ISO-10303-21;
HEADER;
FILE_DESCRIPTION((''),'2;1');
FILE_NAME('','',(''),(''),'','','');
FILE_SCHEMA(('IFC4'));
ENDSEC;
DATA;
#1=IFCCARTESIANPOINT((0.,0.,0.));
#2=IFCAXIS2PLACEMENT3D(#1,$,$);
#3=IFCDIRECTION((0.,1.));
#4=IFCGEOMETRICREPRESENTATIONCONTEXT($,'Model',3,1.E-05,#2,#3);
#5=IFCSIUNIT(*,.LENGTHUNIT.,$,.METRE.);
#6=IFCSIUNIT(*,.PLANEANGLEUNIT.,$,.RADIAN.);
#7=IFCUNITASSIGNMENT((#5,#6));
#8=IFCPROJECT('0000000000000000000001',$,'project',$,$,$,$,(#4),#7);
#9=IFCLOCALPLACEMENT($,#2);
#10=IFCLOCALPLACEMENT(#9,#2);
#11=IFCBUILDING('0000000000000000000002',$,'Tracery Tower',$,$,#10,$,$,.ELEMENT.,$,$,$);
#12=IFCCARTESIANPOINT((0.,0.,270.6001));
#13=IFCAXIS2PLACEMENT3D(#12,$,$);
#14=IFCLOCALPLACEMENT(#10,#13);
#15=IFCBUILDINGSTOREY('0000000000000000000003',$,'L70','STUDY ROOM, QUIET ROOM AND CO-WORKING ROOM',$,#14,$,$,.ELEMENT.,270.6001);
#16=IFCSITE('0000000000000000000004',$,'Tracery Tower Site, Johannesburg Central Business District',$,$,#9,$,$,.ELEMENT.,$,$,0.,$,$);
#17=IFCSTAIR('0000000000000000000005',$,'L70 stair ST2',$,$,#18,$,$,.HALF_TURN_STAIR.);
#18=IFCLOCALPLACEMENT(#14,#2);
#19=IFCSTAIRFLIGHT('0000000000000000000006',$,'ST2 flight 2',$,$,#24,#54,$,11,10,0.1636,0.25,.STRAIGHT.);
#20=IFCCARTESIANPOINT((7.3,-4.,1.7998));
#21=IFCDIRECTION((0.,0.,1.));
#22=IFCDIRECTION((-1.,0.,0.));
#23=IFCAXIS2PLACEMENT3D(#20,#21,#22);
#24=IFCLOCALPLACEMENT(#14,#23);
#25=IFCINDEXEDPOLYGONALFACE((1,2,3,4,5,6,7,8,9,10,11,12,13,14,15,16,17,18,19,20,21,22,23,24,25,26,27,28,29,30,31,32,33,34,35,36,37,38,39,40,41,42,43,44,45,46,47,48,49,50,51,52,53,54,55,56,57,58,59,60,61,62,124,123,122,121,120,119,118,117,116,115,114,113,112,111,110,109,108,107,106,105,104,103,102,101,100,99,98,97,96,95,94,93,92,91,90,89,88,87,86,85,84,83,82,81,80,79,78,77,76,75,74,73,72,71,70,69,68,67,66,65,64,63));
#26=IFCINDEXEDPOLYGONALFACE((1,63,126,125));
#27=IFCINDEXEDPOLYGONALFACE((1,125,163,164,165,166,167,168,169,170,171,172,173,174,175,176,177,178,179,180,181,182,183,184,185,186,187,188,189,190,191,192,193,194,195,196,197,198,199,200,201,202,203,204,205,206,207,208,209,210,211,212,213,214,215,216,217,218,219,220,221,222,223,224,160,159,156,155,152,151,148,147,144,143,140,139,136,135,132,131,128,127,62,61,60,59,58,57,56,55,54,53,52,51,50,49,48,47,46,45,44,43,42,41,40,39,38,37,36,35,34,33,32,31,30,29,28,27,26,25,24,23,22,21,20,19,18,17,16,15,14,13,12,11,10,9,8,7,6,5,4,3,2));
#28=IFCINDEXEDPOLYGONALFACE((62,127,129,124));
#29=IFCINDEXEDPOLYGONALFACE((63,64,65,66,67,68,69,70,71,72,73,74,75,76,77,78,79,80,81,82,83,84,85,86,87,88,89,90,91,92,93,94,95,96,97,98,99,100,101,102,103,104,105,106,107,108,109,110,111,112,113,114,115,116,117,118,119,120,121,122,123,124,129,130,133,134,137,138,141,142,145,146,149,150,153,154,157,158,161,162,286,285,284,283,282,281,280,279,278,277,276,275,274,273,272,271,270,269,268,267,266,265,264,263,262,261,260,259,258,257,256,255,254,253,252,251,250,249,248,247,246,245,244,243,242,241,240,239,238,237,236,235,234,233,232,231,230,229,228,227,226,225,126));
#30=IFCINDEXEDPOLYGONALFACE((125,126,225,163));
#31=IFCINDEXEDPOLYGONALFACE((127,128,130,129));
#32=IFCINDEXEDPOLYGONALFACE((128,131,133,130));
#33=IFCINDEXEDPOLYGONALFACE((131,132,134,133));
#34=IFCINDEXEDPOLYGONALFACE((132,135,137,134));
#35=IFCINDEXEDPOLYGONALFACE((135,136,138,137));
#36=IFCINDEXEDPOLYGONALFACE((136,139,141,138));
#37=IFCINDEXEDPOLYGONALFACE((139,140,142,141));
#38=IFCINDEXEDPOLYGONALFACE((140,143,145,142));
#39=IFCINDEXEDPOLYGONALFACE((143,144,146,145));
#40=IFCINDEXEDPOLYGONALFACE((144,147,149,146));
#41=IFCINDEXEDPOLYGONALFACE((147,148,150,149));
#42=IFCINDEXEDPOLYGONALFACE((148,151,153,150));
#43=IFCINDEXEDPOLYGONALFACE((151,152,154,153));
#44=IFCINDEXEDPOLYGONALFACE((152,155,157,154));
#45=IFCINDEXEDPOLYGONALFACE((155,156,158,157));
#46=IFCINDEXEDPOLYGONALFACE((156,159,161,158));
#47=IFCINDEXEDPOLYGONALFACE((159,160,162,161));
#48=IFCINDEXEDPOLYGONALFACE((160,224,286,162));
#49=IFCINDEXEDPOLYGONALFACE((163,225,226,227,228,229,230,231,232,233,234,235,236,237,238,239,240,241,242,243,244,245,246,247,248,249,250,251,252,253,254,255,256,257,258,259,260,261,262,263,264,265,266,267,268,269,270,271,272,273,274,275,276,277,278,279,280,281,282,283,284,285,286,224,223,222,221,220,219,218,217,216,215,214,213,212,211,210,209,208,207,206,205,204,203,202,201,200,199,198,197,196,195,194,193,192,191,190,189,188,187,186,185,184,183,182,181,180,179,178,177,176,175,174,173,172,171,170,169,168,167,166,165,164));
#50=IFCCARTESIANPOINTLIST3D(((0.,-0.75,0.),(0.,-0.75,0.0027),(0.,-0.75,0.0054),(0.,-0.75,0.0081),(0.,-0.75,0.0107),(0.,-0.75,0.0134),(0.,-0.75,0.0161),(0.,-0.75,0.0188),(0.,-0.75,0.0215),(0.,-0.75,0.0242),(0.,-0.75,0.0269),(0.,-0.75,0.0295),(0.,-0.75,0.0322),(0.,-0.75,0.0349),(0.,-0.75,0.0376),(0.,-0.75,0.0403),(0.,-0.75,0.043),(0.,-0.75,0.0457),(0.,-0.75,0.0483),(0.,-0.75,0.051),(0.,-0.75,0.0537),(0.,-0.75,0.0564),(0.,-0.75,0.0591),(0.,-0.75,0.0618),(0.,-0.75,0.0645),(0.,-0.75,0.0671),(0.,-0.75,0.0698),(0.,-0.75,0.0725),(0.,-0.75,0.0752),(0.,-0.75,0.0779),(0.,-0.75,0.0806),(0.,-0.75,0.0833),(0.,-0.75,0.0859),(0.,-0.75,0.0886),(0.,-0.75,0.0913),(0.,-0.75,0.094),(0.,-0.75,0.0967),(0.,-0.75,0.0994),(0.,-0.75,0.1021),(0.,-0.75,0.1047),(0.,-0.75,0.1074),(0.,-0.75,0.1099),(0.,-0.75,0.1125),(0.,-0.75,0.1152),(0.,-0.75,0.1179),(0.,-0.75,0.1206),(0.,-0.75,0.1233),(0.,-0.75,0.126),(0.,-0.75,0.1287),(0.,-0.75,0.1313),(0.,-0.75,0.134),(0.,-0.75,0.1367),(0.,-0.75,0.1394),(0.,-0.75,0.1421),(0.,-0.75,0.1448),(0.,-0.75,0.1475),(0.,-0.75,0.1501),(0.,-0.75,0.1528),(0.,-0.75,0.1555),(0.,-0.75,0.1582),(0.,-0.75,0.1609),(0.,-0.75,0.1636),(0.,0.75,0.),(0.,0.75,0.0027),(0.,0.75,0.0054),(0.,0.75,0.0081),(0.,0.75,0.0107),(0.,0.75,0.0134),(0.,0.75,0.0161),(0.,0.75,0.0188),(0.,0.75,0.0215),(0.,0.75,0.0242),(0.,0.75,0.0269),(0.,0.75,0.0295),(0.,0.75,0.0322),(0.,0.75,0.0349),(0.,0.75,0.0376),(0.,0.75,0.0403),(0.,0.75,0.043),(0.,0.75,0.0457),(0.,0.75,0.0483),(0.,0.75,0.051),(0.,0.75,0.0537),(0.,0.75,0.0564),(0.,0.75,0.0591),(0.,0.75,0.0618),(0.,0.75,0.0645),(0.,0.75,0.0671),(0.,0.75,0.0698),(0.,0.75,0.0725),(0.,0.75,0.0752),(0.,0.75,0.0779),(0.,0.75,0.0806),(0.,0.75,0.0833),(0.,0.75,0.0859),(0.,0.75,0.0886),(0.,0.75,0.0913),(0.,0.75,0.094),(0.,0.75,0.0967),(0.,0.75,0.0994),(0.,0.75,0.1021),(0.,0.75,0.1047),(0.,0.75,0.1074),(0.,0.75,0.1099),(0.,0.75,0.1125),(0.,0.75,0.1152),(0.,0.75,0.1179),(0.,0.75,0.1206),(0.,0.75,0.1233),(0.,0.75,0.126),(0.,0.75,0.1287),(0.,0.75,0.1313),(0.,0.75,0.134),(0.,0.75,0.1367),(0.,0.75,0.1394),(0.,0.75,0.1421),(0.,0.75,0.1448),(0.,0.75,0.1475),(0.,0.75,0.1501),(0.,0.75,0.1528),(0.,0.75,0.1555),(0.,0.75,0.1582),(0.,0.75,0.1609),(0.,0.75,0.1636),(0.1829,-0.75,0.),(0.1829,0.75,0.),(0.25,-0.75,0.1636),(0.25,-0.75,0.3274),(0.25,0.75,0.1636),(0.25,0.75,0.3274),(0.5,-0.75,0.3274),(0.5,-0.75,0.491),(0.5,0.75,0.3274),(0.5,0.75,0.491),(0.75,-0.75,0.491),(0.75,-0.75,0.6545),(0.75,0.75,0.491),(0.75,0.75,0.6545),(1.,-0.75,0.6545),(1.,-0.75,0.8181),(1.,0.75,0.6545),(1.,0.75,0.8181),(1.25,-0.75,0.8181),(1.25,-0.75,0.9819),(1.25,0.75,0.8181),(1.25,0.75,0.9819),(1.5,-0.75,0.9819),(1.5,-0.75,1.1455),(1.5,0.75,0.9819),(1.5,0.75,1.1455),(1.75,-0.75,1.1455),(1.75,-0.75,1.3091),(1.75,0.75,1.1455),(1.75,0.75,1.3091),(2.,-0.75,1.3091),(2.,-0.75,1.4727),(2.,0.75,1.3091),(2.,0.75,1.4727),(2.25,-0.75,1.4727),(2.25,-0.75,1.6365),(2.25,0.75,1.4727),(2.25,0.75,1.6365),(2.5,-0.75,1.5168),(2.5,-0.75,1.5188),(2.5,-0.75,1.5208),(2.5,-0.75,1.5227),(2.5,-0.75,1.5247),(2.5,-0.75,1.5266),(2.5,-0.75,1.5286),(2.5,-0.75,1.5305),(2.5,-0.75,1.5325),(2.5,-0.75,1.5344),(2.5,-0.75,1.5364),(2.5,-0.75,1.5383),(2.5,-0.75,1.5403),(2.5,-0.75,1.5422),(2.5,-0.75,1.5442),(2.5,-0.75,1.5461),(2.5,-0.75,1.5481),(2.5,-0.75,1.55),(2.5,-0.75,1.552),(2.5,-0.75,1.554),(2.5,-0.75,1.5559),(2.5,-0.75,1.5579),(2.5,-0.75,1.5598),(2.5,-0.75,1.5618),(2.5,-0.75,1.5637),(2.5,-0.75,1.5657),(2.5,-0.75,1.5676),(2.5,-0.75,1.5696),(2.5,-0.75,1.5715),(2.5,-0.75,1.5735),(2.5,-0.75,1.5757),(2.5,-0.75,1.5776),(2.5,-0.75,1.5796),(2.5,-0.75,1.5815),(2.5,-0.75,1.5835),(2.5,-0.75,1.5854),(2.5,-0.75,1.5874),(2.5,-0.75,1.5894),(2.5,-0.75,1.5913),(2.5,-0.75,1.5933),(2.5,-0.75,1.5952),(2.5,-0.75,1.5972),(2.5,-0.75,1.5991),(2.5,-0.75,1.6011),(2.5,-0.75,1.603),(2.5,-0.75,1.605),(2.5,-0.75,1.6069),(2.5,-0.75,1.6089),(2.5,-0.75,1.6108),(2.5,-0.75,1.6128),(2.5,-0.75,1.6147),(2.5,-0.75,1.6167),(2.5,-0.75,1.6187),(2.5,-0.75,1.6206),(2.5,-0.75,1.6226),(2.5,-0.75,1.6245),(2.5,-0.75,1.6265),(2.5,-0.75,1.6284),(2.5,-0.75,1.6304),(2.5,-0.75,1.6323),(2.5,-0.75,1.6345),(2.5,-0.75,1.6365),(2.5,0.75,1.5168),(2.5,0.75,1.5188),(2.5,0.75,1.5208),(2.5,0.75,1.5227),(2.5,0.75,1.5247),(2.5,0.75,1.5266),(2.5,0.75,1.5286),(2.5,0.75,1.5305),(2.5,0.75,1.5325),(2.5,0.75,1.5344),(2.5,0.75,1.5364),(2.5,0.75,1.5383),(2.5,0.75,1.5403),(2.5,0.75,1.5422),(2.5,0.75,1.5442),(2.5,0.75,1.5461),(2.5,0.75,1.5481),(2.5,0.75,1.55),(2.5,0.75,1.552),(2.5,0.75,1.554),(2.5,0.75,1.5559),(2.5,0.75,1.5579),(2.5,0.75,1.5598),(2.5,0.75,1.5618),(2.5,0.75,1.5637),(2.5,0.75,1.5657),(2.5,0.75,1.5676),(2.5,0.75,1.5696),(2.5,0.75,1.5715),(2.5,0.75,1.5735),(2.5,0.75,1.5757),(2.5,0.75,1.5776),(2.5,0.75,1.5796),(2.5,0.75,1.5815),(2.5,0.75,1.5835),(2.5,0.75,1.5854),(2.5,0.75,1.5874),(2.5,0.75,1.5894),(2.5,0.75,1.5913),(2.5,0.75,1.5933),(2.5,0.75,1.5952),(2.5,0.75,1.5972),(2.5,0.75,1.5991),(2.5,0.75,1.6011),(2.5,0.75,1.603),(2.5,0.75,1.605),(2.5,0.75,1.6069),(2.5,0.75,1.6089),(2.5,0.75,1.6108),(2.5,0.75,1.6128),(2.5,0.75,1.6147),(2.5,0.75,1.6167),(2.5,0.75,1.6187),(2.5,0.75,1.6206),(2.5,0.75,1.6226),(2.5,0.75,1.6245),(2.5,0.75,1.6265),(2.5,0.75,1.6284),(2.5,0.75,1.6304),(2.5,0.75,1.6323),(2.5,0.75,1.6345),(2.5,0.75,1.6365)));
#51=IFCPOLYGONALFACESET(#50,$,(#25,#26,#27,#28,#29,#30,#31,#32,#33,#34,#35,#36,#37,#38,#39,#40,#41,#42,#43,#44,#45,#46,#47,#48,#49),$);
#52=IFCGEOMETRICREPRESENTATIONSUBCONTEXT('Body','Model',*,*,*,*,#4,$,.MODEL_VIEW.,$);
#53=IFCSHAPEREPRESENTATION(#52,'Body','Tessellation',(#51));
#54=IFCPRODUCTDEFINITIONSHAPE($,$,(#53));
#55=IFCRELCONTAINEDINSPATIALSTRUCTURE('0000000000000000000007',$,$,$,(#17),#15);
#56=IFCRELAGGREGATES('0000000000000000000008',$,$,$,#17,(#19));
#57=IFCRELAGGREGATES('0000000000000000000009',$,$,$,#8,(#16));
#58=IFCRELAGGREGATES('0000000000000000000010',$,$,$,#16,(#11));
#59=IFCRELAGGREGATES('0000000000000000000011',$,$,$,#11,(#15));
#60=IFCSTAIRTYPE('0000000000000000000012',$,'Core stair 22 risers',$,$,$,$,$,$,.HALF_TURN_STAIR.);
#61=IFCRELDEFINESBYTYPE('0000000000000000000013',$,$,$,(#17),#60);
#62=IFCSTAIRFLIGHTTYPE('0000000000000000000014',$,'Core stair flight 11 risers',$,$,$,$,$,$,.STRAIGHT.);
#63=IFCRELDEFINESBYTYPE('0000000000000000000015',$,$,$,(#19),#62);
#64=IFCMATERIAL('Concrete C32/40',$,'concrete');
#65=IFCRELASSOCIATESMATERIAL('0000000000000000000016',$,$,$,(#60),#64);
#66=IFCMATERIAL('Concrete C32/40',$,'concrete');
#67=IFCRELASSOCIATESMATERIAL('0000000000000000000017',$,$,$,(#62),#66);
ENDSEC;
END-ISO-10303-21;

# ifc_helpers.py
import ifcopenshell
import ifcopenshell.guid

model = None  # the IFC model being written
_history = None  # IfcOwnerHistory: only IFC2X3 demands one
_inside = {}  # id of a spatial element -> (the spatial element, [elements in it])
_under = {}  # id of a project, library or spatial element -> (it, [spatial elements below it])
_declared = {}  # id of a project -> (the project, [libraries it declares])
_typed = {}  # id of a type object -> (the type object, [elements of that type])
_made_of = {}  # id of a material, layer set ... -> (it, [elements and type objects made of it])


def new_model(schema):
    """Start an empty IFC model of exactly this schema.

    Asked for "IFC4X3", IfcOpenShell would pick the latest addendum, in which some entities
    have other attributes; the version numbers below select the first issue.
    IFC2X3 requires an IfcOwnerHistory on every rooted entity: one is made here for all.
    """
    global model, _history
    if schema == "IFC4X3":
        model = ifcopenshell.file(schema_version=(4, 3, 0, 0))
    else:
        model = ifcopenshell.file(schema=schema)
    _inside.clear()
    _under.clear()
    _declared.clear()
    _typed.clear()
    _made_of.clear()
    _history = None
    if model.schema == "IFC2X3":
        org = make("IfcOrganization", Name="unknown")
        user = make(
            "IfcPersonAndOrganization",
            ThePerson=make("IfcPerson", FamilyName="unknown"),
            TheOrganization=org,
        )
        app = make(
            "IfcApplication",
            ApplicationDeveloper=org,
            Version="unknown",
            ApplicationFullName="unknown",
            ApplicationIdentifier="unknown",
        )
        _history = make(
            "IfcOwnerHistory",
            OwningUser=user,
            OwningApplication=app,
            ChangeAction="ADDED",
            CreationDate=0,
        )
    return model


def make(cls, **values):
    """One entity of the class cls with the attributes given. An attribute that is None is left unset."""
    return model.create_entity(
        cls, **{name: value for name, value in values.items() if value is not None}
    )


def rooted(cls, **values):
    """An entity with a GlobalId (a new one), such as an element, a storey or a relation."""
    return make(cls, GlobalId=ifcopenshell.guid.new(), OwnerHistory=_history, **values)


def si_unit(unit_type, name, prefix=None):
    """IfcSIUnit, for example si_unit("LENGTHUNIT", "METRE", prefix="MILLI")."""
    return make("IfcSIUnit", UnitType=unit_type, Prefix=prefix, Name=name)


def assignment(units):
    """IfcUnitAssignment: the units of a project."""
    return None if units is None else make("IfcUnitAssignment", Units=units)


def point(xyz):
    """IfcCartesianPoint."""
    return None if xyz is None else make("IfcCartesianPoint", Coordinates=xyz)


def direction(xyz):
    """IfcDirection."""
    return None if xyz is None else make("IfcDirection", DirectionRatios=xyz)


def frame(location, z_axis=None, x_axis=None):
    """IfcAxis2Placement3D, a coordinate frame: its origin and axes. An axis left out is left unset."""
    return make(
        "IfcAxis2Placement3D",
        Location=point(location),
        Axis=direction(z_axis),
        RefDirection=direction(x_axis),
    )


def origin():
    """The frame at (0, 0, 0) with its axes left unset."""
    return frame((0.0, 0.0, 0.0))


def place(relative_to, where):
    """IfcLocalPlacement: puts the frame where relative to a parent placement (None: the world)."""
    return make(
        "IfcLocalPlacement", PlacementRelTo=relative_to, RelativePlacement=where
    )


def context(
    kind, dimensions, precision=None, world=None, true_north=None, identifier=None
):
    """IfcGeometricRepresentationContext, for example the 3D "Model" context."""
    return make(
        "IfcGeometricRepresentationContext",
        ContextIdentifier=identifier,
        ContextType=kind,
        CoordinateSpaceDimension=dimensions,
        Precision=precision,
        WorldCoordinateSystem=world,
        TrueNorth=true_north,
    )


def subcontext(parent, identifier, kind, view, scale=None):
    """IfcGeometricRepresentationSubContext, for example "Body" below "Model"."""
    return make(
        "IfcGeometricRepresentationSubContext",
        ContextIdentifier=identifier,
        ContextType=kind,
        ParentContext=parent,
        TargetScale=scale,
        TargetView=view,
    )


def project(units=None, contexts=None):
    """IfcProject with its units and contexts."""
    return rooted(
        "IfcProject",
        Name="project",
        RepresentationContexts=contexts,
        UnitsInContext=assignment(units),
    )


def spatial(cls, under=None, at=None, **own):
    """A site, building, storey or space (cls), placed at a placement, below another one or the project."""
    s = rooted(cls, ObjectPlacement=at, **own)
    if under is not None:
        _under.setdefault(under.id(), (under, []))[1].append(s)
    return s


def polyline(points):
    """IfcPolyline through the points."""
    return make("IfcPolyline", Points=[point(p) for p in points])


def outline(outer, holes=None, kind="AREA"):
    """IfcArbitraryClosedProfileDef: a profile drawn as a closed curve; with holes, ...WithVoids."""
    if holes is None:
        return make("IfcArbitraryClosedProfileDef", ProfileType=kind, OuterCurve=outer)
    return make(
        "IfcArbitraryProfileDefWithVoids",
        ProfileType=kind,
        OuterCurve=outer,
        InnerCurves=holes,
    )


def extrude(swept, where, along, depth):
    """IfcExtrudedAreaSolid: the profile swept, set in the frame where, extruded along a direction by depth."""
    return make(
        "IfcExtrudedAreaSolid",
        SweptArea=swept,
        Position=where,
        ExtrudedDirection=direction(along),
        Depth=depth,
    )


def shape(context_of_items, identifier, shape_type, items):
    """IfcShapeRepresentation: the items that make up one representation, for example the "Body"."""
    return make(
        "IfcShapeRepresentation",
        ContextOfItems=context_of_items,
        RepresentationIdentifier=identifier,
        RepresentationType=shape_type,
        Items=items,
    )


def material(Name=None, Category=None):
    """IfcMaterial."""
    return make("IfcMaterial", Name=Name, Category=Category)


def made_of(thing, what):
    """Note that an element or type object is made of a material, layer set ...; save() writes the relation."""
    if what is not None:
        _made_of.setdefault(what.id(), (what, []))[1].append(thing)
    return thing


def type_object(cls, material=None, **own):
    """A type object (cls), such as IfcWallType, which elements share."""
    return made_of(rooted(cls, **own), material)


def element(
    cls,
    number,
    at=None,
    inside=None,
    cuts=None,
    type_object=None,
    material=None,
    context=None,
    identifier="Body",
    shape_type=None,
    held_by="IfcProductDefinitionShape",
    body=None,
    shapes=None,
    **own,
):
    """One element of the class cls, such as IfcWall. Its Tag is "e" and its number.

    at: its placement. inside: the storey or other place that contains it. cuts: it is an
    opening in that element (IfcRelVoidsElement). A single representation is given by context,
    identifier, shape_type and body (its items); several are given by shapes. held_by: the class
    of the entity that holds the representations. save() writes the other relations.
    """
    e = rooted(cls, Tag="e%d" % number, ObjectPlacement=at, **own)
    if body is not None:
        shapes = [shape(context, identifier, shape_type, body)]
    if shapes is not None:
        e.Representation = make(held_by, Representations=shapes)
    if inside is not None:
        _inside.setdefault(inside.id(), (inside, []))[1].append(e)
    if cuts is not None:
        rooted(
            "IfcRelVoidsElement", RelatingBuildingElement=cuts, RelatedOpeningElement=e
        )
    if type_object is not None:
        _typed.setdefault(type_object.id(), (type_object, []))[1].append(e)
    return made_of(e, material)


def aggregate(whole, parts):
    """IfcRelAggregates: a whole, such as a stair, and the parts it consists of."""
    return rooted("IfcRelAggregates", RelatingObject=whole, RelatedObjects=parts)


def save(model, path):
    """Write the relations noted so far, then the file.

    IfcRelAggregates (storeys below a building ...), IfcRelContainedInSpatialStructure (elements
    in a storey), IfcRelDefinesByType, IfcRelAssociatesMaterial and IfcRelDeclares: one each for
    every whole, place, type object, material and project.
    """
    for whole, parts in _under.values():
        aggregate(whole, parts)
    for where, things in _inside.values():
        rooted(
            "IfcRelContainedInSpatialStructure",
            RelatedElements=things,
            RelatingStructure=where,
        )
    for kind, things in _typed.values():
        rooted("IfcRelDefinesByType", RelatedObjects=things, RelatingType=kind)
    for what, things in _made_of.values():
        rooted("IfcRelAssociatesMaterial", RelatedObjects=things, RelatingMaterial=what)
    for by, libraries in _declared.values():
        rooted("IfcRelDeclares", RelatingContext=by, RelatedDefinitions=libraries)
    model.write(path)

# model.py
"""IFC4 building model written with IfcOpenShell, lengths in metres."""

from ifc_helpers import new_model, si_unit, direction, frame, origin, place, context, subcontext, project, spatial, polyline, outline, extrude, material, type_object, element, aggregate, save


model = new_model("IFC4")

# Units and contexts
model_context = context("Model", 3, precision=1e-05, world=origin(), true_north=direction((0.0, 1.0)))
body_context = subcontext(model_context, "Body", "Model", "MODEL_VIEW")
ifc_project = project(units=[si_unit("LENGTHUNIT", "METRE"), si_unit("PLANEANGLEUNIT", "RADIAN")], contexts=[model_context])

# Site, building, storey
site_placement = place(None, origin())
site = spatial("IfcSite", under=ifc_project, at=site_placement, Name="Tracery Tower Site, Johannesburg Central Business District", CompositionType="ELEMENT", RefElevation=0.0)
building_placement = place(site_placement, origin())
building = spatial("IfcBuilding", under=site, at=building_placement, Name="Tracery Tower", CompositionType="ELEMENT")
storey_placement = place(building_placement, frame((0.0, 0.0, 270.6001)))
storey = spatial("IfcBuildingStorey", under=building, at=storey_placement, Name="L70", Description="STUDY ROOM, QUIET ROOM AND CO-WORKING ROOM", CompositionType="ELEMENT", Elevation=270.6001)

# Stair, stair flight
ifc_material_1 = material(Name="Concrete C32/40", Category="concrete")
stair_type = type_object("IfcStairType", Name="Core stair 22 risers", PredefinedType="HALF_TURN_STAIR", material=ifc_material_1)
stair_placement = place(storey_placement, origin())
stair = element("IfcStair", 1, at=stair_placement, inside=storey, type_object=stair_type, Name="L70 stair ST2", PredefinedType="HALF_TURN_STAIR")
ifc_material_2 = material(Name="Concrete C32/40", Category="concrete")
stair_flight_type = type_object("IfcStairFlightType", Name="Core stair flight 11 risers", PredefinedType="STRAIGHT", material=ifc_material_2)
stair_flight_1_placement = place(storey_placement, frame((7.3, -4.0, 1.7998), z_axis=(0.0, 0.0, 1.0), x_axis=(-1.0, 0.0, 0.0)))
stair_flight_1 = element("IfcStairFlight", 2, at=stair_flight_1_placement, type_object=stair_flight_type, Name="ST2 flight 2", NumberOfRisers=11, NumberOfTreads=10, PredefinedType="STRAIGHT", RiserHeight=0.1636, TreadLength=0.25, context=body_context, shape_type="SweptSolid", body=[
    extrude(outline(polyline([(0.0, 0.0), (0.0, 0.0027), (0.0, 0.0054), (0.0, 0.0081), (0.0, 0.0107), (0.0, 0.0134), (0.0, 0.0161), (0.0, 0.0188), (0.0, 0.0215), (0.0, 0.0242), (0.0, 0.0269), (0.0, 0.0295), (0.0, 0.0322), (0.0, 0.0349), (0.0, 0.0376), (0.0, 0.0403), (0.0, 0.043), (0.0, 0.0457), (0.0, 0.0483), (0.0, 0.051), (0.0, 0.0537), (0.0, 0.0564), (0.0, 0.0591), (0.0, 0.0618), (0.0, 0.0645), (0.0, 0.0671), (0.0, 0.0698), (0.0, 0.0725), (0.0, 0.0752), (0.0, 0.0779), (0.0, 0.0806), (0.0, 0.0833), (0.0, 0.0859), (0.0, 0.0886), (0.0, 0.0913), (0.0, 0.094), (0.0, 0.0967), (0.0, 0.0994), (0.0, 0.1021), (0.0, 0.1047), (0.0, 0.1074), (0.0, 0.1099), (0.0, 0.1125), (0.0, 0.1152), (0.0, 0.1179), (0.0, 0.1206), (0.0, 0.1233), (0.0, 0.126), (0.0, 0.1287), (0.0, 0.1313), (0.0, 0.134), (0.0, 0.1367), (0.0, 0.1394), (0.0, 0.1421), (0.0, 0.1448), (0.0, 0.1475), (0.0, 0.1501), (0.0, 0.1528), (0.0, 0.1555), (0.0, 0.1582), (0.0, 0.1609), (0.0, 0.1636), (0.25, 0.1636), (0.25, 0.3274), (0.5, 0.3274), (0.5, 0.491), (0.75, 0.491), (0.75, 0.6545), (1.0, 0.6545), (1.0, 0.8181), (1.25, 0.8181), (1.25, 0.9819), (1.5, 0.9819), (1.5, 1.1455), (1.75, 1.1455), (1.75, 1.3091), (2.0, 1.3091), (2.0, 1.4727), (2.25, 1.4727), (2.25, 1.6365), (2.5, 1.6365), (2.5, 1.6345), (2.5, 1.6323), (2.5, 1.6304), (2.5, 1.6284), (2.5, 1.6265), (2.5, 1.6245), (2.5, 1.6226), (2.5, 1.6206), (2.5, 1.6187), (2.5, 1.6167), (2.5, 1.6147), (2.5, 1.6128), (2.5, 1.6108), (2.5, 1.6089), (2.5, 1.6069), (2.5, 1.605), (2.5, 1.603), (2.5, 1.6011), (2.5, 1.5991), (2.5, 1.5972), (2.5, 1.5952), (2.5, 1.5933), (2.5, 1.5913), (2.5, 1.5894), (2.5, 1.5874), (2.5, 1.5854), (2.5, 1.5835), (2.5, 1.5815), (2.5, 1.5796), (2.5, 1.5776), (2.5, 1.5757), (2.5, 1.5735), (2.5, 1.5715), (2.5, 1.5696), (2.5, 1.5676), (2.5, 1.5657), (2.5, 1.5637), (2.5, 1.5618), (2.5, 1.5598), (2.5, 1.5579), (2.5, 1.5559), (2.5, 1.554), (2.5, 1.552), (2.5, 1.55), (2.5, 1.5481), (2.5, 1.5461), (2.5, 1.5442), (2.5, 1.5422), (2.5, 1.5403), (2.5, 1.5383), (2.5, 1.5364), (2.5, 1.5344), (2.5, 1.5325), (2.5, 1.5305), (2.5, 1.5286), (2.5, 1.5266), (2.5, 1.5247), (2.5, 1.5227), (2.5, 1.5208), (2.5, 1.5188), (2.5, 1.5168), (0.1829, 0.0), (0.0, 0.0)])), frame((0.0, 0.75, 0.0), z_axis=(0.0, -1.0, 0.0), x_axis=(1.0, 0.0, 0.0)), (0.0, 0.0, 1.0), 1.5),
])
aggregate(stair, [stair_flight_1])

save(model, "model.ifc")
